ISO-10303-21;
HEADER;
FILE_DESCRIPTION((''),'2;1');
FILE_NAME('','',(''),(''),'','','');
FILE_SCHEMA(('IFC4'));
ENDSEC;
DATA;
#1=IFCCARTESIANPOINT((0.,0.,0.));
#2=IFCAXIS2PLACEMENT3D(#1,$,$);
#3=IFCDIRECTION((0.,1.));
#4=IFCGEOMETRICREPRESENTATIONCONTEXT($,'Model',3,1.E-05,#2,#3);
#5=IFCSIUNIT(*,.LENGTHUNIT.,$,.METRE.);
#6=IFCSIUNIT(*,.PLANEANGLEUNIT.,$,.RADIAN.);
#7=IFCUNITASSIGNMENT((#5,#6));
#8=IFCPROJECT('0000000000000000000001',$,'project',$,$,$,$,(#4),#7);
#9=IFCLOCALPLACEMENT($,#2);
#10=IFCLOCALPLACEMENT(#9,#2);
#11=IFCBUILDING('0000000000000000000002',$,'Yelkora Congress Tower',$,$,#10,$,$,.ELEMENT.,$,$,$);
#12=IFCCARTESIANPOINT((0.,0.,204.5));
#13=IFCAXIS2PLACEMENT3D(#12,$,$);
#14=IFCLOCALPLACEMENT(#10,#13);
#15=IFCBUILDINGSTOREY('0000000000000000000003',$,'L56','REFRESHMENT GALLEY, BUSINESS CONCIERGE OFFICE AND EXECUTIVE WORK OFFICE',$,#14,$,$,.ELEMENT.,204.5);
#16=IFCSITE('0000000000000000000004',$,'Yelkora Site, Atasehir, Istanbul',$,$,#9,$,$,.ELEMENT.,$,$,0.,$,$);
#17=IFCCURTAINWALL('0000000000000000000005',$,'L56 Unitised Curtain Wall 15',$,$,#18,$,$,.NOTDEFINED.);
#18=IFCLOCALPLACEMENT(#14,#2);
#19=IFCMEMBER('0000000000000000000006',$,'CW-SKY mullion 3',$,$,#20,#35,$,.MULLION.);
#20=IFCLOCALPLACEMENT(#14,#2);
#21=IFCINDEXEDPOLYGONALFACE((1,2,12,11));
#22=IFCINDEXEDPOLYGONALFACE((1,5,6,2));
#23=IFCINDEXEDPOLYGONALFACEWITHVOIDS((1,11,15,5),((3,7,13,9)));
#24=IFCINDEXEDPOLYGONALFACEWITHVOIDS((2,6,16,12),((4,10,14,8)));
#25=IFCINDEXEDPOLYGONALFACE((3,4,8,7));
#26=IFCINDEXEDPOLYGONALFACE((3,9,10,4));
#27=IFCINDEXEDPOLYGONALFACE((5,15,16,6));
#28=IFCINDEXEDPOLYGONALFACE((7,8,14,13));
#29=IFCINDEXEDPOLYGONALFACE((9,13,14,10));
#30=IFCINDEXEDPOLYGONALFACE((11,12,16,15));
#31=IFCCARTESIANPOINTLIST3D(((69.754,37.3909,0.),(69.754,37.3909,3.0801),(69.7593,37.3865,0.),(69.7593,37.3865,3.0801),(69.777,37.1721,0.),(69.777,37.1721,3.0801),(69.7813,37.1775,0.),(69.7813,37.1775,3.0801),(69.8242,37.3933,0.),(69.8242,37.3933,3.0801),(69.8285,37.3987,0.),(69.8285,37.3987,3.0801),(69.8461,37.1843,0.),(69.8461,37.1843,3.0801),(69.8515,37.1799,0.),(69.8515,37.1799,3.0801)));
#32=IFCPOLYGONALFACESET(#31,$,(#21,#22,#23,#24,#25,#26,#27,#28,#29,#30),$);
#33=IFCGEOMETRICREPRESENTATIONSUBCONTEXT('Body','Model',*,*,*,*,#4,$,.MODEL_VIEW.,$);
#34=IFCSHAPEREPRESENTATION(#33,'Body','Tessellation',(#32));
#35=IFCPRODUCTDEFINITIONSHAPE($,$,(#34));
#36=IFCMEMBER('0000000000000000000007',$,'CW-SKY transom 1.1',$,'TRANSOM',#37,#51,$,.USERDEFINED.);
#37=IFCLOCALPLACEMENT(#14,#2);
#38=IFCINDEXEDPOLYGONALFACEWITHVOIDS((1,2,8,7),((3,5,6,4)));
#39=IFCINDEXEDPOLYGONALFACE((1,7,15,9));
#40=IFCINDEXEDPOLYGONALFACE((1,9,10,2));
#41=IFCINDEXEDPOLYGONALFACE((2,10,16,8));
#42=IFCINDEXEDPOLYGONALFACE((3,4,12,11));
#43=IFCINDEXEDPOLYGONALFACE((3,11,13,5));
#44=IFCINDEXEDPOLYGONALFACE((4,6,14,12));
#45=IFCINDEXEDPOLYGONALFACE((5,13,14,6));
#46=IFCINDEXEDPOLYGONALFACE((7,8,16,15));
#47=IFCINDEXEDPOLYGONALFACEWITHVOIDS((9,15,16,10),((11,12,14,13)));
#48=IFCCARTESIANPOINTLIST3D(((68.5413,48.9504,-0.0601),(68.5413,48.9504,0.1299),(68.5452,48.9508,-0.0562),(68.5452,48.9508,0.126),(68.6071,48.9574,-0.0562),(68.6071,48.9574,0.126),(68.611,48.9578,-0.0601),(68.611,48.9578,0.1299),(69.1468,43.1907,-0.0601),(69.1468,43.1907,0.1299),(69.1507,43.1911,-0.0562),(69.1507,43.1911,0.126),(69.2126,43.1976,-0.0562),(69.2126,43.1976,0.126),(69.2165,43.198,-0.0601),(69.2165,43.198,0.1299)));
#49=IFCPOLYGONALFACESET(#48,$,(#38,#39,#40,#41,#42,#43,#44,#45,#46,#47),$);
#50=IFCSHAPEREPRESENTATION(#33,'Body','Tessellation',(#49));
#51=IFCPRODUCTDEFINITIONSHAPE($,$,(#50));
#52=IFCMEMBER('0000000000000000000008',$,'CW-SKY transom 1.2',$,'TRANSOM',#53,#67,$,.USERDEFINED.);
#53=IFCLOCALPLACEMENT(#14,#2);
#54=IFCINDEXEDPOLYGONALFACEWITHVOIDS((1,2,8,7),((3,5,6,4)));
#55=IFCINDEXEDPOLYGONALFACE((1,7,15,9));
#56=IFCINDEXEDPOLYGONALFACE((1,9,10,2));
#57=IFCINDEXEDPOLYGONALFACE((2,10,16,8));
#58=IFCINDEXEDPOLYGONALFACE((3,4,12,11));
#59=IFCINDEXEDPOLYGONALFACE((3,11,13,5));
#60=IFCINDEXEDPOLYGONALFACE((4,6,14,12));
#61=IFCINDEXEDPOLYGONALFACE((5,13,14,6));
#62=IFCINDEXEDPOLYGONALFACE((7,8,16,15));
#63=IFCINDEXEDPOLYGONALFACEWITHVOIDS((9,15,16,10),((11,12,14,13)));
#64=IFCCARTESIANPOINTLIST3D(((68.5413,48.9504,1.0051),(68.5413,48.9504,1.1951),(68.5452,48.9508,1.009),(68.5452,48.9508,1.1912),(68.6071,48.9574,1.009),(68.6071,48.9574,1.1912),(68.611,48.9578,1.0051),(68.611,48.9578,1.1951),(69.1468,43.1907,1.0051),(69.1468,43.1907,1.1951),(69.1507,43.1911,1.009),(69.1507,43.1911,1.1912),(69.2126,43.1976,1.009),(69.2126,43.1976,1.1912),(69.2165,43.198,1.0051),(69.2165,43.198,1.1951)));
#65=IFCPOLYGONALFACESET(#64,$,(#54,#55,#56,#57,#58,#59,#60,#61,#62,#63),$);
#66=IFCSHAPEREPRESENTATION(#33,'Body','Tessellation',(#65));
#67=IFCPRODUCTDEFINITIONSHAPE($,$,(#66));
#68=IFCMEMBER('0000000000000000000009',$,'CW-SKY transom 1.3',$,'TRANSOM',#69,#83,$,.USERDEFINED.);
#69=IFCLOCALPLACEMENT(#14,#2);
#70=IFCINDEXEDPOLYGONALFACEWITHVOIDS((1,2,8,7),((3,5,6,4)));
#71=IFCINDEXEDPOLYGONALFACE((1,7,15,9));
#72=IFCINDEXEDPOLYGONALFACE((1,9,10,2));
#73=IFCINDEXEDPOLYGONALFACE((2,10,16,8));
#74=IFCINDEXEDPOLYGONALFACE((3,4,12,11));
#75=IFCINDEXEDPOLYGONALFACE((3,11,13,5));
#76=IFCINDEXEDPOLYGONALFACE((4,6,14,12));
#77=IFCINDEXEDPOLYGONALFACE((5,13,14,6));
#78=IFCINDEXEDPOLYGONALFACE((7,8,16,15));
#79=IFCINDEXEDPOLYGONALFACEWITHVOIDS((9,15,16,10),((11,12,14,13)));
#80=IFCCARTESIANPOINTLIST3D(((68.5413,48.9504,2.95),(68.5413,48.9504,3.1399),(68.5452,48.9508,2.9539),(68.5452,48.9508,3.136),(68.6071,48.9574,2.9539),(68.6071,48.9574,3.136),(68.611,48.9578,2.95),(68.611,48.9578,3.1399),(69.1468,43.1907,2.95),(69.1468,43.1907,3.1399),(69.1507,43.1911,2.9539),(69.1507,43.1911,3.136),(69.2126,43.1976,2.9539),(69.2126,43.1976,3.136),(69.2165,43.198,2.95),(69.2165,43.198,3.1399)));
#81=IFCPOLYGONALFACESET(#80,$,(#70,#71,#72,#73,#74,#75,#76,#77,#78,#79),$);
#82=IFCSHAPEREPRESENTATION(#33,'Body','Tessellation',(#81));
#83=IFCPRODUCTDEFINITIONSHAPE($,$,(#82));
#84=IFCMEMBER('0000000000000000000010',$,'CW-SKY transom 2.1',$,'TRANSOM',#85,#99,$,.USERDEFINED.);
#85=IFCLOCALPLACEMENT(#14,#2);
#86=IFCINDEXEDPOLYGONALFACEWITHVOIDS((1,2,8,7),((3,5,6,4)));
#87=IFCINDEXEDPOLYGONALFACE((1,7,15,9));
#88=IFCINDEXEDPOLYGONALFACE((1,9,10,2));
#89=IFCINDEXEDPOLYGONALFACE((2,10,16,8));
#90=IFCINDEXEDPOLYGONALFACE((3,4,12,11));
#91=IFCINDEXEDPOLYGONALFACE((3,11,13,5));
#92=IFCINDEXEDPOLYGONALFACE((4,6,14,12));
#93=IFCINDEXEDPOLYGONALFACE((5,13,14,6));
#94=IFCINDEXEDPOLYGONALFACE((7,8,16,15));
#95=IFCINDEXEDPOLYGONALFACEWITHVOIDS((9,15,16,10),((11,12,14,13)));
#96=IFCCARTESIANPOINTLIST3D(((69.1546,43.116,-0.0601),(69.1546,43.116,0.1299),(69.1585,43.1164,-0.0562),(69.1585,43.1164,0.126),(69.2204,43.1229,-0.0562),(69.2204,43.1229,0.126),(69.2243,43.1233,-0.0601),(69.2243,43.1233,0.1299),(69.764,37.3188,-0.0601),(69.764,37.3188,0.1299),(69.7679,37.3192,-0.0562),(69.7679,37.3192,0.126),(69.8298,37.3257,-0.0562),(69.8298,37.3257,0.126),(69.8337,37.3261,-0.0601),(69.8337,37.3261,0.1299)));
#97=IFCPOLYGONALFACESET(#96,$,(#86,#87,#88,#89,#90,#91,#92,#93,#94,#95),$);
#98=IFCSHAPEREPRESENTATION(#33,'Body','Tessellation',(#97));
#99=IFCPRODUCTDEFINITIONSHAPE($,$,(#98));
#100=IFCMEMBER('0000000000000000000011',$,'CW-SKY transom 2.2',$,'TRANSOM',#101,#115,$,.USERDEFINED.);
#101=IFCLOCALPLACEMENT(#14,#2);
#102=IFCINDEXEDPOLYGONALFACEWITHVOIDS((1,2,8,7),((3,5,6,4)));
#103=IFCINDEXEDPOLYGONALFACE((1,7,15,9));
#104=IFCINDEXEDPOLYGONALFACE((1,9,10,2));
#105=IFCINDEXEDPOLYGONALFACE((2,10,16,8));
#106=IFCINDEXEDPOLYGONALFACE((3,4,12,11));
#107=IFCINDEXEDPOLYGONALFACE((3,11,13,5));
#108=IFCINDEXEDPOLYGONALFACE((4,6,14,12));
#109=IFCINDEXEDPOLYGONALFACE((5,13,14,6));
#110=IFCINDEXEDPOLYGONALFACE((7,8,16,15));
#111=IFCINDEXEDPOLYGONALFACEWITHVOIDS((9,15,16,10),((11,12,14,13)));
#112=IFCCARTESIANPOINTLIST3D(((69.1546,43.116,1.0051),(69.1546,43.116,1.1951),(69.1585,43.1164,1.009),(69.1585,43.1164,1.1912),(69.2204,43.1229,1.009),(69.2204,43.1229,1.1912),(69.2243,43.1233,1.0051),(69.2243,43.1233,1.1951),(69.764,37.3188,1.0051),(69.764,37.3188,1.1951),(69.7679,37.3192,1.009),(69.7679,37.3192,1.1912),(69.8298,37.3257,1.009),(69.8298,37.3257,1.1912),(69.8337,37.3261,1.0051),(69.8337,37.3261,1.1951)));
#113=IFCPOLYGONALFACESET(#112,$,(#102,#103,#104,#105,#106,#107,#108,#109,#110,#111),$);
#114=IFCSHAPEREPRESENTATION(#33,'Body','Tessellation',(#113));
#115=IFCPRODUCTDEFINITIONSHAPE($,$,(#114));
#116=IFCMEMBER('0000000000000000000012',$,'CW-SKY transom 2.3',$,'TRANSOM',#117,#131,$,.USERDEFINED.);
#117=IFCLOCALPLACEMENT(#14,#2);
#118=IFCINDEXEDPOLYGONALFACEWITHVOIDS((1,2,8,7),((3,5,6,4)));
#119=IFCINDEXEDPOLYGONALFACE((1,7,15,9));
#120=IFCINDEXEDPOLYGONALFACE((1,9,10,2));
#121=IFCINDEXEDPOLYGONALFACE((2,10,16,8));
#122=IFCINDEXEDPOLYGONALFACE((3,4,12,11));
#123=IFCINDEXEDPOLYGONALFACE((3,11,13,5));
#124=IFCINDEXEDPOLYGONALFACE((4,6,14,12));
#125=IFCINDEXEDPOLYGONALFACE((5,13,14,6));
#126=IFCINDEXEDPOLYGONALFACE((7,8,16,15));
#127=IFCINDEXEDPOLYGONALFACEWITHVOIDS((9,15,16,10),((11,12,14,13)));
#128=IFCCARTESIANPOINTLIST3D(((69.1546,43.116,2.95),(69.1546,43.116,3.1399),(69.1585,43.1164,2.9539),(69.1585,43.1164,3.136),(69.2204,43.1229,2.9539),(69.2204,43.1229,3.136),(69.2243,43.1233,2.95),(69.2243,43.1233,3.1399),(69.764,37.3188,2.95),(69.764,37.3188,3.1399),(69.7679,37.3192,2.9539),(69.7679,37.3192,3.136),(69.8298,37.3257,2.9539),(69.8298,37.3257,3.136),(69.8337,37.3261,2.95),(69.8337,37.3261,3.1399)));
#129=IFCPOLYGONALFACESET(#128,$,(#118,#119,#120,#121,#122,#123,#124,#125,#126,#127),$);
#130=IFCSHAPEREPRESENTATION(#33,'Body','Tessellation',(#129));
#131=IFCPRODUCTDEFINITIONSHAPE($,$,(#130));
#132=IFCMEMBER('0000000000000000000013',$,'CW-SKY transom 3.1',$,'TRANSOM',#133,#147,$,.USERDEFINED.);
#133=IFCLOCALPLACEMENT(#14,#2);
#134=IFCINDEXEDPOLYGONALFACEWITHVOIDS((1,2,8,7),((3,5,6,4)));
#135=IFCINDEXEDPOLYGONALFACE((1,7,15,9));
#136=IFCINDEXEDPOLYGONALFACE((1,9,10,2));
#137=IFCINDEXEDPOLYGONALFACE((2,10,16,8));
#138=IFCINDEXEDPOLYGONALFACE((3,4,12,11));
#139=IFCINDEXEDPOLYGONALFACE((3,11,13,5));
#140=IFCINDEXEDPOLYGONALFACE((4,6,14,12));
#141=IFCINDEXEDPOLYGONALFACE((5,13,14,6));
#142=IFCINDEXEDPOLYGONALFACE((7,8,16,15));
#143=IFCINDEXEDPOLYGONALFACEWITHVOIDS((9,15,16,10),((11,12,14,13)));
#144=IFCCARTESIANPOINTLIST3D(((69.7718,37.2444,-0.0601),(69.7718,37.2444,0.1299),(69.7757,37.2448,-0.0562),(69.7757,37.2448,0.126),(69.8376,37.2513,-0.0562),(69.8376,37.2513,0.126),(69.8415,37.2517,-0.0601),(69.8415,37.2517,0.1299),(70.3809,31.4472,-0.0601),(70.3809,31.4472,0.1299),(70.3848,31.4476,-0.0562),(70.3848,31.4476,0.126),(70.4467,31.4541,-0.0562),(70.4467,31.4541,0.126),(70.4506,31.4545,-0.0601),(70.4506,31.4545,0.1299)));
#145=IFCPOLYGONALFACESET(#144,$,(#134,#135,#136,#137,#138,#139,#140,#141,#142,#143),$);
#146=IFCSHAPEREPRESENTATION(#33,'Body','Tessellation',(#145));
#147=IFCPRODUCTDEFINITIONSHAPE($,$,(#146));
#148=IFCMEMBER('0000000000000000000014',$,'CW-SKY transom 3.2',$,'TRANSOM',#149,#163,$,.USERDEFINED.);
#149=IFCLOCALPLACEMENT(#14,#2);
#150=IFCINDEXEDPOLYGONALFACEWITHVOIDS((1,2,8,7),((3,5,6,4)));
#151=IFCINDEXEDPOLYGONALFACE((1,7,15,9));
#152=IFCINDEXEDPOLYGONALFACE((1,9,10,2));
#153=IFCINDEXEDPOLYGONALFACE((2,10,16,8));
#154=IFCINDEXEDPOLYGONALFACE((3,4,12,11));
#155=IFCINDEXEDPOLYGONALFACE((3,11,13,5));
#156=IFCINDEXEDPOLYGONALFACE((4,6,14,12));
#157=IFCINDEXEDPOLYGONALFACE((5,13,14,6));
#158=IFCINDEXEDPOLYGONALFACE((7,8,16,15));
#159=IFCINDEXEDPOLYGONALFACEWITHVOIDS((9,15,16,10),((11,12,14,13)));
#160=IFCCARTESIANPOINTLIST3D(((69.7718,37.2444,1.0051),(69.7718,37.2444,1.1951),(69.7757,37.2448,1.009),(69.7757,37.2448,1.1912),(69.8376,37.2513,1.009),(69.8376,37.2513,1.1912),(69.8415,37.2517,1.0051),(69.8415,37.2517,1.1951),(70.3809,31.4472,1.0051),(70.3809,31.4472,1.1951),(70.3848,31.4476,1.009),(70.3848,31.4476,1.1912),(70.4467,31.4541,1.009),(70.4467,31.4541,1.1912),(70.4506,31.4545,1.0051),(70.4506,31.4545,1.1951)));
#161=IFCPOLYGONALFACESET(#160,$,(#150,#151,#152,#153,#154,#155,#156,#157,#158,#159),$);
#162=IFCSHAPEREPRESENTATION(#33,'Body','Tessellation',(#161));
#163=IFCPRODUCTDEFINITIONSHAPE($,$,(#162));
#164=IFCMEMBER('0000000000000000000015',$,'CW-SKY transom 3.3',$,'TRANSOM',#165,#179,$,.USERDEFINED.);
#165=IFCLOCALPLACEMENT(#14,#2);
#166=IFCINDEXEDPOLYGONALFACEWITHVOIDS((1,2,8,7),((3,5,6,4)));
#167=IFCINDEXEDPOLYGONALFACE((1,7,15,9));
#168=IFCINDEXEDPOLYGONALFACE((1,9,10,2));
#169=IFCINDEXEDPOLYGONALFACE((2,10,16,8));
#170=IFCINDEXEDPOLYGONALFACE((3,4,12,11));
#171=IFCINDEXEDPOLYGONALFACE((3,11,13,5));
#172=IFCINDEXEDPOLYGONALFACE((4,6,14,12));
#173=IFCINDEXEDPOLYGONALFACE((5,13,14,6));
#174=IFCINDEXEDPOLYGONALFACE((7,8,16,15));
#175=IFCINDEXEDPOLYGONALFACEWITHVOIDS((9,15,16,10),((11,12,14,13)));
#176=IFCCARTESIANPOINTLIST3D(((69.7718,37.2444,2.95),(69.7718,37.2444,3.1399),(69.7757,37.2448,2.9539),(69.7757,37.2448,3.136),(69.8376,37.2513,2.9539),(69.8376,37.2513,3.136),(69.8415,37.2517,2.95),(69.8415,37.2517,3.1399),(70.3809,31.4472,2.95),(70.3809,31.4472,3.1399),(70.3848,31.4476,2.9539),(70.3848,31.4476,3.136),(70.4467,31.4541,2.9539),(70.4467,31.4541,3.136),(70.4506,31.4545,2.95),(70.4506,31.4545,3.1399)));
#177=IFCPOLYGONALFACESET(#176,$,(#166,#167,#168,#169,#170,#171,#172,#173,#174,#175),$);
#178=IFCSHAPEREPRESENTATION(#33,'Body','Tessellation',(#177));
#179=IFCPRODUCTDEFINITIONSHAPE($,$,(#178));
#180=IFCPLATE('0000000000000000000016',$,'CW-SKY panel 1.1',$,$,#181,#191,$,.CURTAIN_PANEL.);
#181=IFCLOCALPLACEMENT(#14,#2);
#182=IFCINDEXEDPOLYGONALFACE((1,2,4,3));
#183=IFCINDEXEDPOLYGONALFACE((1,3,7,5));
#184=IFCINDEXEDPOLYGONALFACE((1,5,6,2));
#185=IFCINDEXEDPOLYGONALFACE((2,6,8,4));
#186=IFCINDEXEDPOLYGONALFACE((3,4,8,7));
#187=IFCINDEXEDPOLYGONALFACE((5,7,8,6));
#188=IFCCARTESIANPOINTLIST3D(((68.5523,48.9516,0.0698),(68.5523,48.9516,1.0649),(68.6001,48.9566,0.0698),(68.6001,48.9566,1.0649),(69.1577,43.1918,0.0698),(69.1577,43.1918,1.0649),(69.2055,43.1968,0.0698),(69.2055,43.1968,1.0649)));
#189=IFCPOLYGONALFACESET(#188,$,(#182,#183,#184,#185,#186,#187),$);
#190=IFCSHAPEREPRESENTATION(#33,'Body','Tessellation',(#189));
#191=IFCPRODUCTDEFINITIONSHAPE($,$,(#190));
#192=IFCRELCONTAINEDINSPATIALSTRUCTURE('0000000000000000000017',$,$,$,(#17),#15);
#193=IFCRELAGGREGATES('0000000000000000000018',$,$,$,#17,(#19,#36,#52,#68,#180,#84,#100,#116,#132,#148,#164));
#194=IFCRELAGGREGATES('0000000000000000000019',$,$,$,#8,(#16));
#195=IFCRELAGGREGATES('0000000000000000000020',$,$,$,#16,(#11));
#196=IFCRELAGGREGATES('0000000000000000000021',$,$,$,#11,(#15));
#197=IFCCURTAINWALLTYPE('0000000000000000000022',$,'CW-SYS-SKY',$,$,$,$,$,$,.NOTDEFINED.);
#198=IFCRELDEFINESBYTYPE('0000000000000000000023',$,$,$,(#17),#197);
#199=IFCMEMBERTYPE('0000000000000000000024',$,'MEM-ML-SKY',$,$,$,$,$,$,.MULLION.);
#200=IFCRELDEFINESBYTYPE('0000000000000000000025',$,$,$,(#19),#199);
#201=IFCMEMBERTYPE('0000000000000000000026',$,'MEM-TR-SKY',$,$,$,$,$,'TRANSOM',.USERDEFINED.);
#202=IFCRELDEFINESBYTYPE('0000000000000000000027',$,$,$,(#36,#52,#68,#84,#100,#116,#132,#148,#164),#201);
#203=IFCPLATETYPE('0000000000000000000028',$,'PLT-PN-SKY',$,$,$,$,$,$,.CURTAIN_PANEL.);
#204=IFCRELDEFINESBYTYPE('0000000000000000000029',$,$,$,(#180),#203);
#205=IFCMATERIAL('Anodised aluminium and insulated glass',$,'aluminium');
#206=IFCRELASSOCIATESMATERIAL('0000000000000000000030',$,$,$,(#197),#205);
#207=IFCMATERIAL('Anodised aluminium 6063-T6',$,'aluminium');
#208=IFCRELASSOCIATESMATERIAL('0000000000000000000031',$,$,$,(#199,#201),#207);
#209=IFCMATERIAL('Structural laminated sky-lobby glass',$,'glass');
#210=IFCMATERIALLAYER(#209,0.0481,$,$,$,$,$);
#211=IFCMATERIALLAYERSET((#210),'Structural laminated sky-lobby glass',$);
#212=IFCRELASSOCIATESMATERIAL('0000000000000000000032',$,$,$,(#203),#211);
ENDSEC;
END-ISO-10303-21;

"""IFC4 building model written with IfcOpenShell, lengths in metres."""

from ifc_helpers import new_model, si_unit, direction, frame, origin, origin_2d, place, context, subcontext, project, spatial, rectangle, hollow_rectangle, extrude, material, layer, layer_set, material_profile, profile_set, type_object, element, aggregate, save


model = new_model("IFC4")

# Units and contexts
model_context = context("Model", 3, precision=1e-05, world=origin(), true_north=direction((0.0, 1.0)))
body_context = subcontext(model_context, "Body", "Model", "MODEL_VIEW")
ifc_project = project(units=[si_unit("LENGTHUNIT", "METRE"), si_unit("PLANEANGLEUNIT", "RADIAN")], contexts=[model_context])

# Site, building, storey
site_placement = place(None, origin())
site = spatial("IfcSite", under=ifc_project, at=site_placement, Name="Yelkora Site, Atasehir, Istanbul", CompositionType="ELEMENT", RefElevation=0.0)
building_placement = place(site_placement, origin())
building = spatial("IfcBuilding", under=site, at=building_placement, Name="Yelkora Congress Tower", CompositionType="ELEMENT")
storey_placement = place(building_placement, frame((0.0, 0.0, 204.5)))
storey = spatial("IfcBuildingStorey", under=building, at=storey_placement, Name="L56", Description="REFRESHMENT GALLEY, BUSINESS CONCIERGE OFFICE AND EXECUTIVE WORK OFFICE", CompositionType="ELEMENT", Elevation=204.5)

# Curtain wall, members, plate
ifc_material_1 = material(Name="Anodised aluminium and insulated glass", Category="aluminium")
curtain_wall_type = type_object("IfcCurtainWallType", Name="CW-SYS-SKY", PredefinedType="NOTDEFINED", material=ifc_material_1)
curtain_wall_placement = place(storey_placement, origin())
curtain_wall = element("IfcCurtainWall", 1, at=curtain_wall_placement, inside=storey, type_object=curtain_wall_type, Name="L56 Unitised Curtain Wall 15", PredefinedType="NOTDEFINED")
ifc_material_2 = material(Name="Anodised aluminium 6063-T6", Category="aluminium")
ifc_material_profile_1 = material_profile(ifc_material_2, hollow_rectangle(XDim=0.075, YDim=0.22, WallThickness=0.0049, at=origin_2d()), Name="ALU 75x220x5")
ifc_profile_set_1 = profile_set([ifc_material_profile_1], Name="Anodised aluminium 6063-T6")
member_type_1 = type_object("IfcMemberType", Name="MEM-ML-SKY", PredefinedType="MULLION", material=ifc_profile_set_1)
member_1_placement = place(storey_placement, frame((69.8027, 37.2854, 0.0), z_axis=(0.0, 0.0, 1.0), x_axis=(0.994522, 0.104526, 0.0)))
member_1 = element("IfcMember", 2, at=member_1_placement, type_object=member_type_1, Name="CW-SKY mullion 3", PredefinedType="MULLION", context=body_context, shape_type="SweptSolid", body=[
    extrude(hollow_rectangle(XDim=0.075, YDim=0.22, WallThickness=0.0049, at=origin_2d()), origin(), (0.0, 0.0, 1.0), 3.0801),
])
ifc_material_profile_2 = material_profile(ifc_material_2, hollow_rectangle(XDim=0.0701, YDim=0.1899, WallThickness=0.0039, at=origin_2d()), Name="ALU 70x190x4")
ifc_profile_set_2 = profile_set([ifc_material_profile_2], Name="Anodised aluminium 6063-T6")
member_type_2 = type_object("IfcMemberType", Name="MEM-TR-SKY", ElementType="TRANSOM", PredefinedType="USERDEFINED", material=ifc_profile_set_2)
member_2_placement = place(storey_placement, frame((68.5762, 48.9541, 0.0349), z_axis=(0.104544, -0.99452, 0.0), x_axis=(0.99452, 0.104544, 0.0)))
member_2 = element("IfcMember", 3, at=member_2_placement, type_object=member_type_2, Name="CW-SKY transom 1.1", ObjectType="TRANSOM", PredefinedType="USERDEFINED", context=body_context, shape_type="SweptSolid", body=[
    extrude(hollow_rectangle(XDim=0.0701, YDim=0.1899, WallThickness=0.0039, at=origin_2d()), origin(), (0.0, 0.0, 1.0), 5.7915),
])
member_3_placement = place(storey_placement, frame((68.5762, 48.9541, 1.1001), z_axis=(0.104544, -0.99452, 0.0), x_axis=(0.99452, 0.104544, 0.0)))
member_3 = element("IfcMember", 4, at=member_3_placement, type_object=member_type_2, Name="CW-SKY transom 1.2", ObjectType="TRANSOM", PredefinedType="USERDEFINED", context=body_context, shape_type="SweptSolid", body=[
    extrude(hollow_rectangle(XDim=0.0701, YDim=0.1899, WallThickness=0.0039, at=origin_2d()), origin(), (0.0, 0.0, 1.0), 5.7915),
])
member_4_placement = place(storey_placement, frame((68.5762, 48.9541, 3.0449), z_axis=(0.104544, -0.99452, 0.0), x_axis=(0.99452, 0.104544, 0.0)))
member_4 = element("IfcMember", 5, at=member_4_placement, type_object=member_type_2, Name="CW-SKY transom 1.3", ObjectType="TRANSOM", PredefinedType="USERDEFINED", context=body_context, shape_type="SweptSolid", body=[
    extrude(hollow_rectangle(XDim=0.0701, YDim=0.1899, WallThickness=0.0039, at=origin_2d()), origin(), (0.0, 0.0, 1.0), 5.7915),
])
member_5_placement = place(storey_placement, frame((69.1895, 43.1196, 0.0349), z_axis=(0.104541, -0.994521, 0.0), x_axis=(0.994521, 0.104541, 0.0)))
member_5 = element("IfcMember", 6, at=member_5_placement, type_object=member_type_2, Name="CW-SKY transom 2.1", ObjectType="TRANSOM", PredefinedType="USERDEFINED", context=body_context, shape_type="SweptSolid", body=[
    extrude(hollow_rectangle(XDim=0.0701, YDim=0.1899, WallThickness=0.0039, at=origin_2d()), origin(), (0.0, 0.0, 1.0), 5.8291),
])
member_6_placement = place(storey_placement, frame((69.1895, 43.1196, 1.1001), z_axis=(0.104541, -0.994521, 0.0), x_axis=(0.994521, 0.104541, 0.0)))
member_6 = element("IfcMember", 7, at=member_6_placement, type_object=member_type_2, Name="CW-SKY transom 2.2", ObjectType="TRANSOM", PredefinedType="USERDEFINED", context=body_context, shape_type="SweptSolid", body=[
    extrude(hollow_rectangle(XDim=0.0701, YDim=0.1899, WallThickness=0.0039, at=origin_2d()), origin(), (0.0, 0.0, 1.0), 5.8291),
])
member_7_placement = place(storey_placement, frame((69.1895, 43.1196, 3.0449), z_axis=(0.104541, -0.994521, 0.0), x_axis=(0.994521, 0.104541, 0.0)))
member_7 = element("IfcMember", 8, at=member_7_placement, type_object=member_type_2, Name="CW-SKY transom 2.3", ObjectType="TRANSOM", PredefinedType="USERDEFINED", context=body_context, shape_type="SweptSolid", body=[
    extrude(hollow_rectangle(XDim=0.0701, YDim=0.1899, WallThickness=0.0039, at=origin_2d()), origin(), (0.0, 0.0, 1.0), 5.8291),
])
member_8_placement = place(storey_placement, frame((69.8066, 37.248, 0.0349), z_axis=(0.104499, -0.994525, 0.0), x_axis=(0.994525, 0.104499, 0.0)))
member_8 = element("IfcMember", 9, at=member_8_placement, type_object=member_type_2, Name="CW-SKY transom 3.1", ObjectType="TRANSOM", PredefinedType="USERDEFINED", context=body_context, shape_type="SweptSolid", body=[
    extrude(hollow_rectangle(XDim=0.0701, YDim=0.1899, WallThickness=0.0039, at=origin_2d()), origin(), (0.0, 0.0, 1.0), 5.8291),
])
member_9_placement = place(storey_placement, frame((69.8066, 37.248, 1.1001), z_axis=(0.104499, -0.994525, 0.0), x_axis=(0.994525, 0.104499, 0.0)))
member_9 = element("IfcMember", 10, at=member_9_placement, type_object=member_type_2, Name="CW-SKY transom 3.2", ObjectType="TRANSOM", PredefinedType="USERDEFINED", context=body_context, shape_type="SweptSolid", body=[
    extrude(hollow_rectangle(XDim=0.0701, YDim=0.1899, WallThickness=0.0039, at=origin_2d()), origin(), (0.0, 0.0, 1.0), 5.8291),
])
member_10_placement = place(storey_placement, frame((69.8066, 37.248, 3.0449), z_axis=(0.104499, -0.994525, 0.0), x_axis=(0.994525, 0.104499, 0.0)))
member_10 = element("IfcMember", 11, at=member_10_placement, type_object=member_type_2, Name="CW-SKY transom 3.3", ObjectType="TRANSOM", PredefinedType="USERDEFINED", context=body_context, shape_type="SweptSolid", body=[
    extrude(hollow_rectangle(XDim=0.0701, YDim=0.1899, WallThickness=0.0039, at=origin_2d()), origin(), (0.0, 0.0, 1.0), 5.8291),
])
ifc_material_3 = material(Name="Structural laminated sky-lobby glass", Category="glass")
ifc_layer_1 = layer(ifc_material_3, 0.0481)
ifc_layer_set_1 = layer_set([ifc_layer_1], Name="Structural laminated sky-lobby glass")
plate_type = type_object("IfcPlateType", Name="PLT-PN-SKY", PredefinedType="CURTAIN_PANEL", material=ifc_layer_set_1)
plate_1_placement = place(storey_placement, frame((68.8789, 46.0742, 0.0698), z_axis=(0.0, 0.0, 1.0), x_axis=(0.104526, -0.994522, 0.0)))
plate_1 = element("IfcPlate", 12, at=plate_1_placement, type_object=plate_type, Name="CW-SKY panel 1.1", PredefinedType="CURTAIN_PANEL", context=body_context, shape_type="SweptSolid", body=[
    extrude(rectangle(XDim=5.7915, YDim=0.0481, at=origin_2d()), origin(), (0.0, 0.0, 1.0), 0.9951),
])
aggregate(curtain_wall, [member_1, member_2, member_3, member_4, plate_1, member_5, member_6, member_7, member_8, member_9, member_10])

save(model, "model.ifc")
